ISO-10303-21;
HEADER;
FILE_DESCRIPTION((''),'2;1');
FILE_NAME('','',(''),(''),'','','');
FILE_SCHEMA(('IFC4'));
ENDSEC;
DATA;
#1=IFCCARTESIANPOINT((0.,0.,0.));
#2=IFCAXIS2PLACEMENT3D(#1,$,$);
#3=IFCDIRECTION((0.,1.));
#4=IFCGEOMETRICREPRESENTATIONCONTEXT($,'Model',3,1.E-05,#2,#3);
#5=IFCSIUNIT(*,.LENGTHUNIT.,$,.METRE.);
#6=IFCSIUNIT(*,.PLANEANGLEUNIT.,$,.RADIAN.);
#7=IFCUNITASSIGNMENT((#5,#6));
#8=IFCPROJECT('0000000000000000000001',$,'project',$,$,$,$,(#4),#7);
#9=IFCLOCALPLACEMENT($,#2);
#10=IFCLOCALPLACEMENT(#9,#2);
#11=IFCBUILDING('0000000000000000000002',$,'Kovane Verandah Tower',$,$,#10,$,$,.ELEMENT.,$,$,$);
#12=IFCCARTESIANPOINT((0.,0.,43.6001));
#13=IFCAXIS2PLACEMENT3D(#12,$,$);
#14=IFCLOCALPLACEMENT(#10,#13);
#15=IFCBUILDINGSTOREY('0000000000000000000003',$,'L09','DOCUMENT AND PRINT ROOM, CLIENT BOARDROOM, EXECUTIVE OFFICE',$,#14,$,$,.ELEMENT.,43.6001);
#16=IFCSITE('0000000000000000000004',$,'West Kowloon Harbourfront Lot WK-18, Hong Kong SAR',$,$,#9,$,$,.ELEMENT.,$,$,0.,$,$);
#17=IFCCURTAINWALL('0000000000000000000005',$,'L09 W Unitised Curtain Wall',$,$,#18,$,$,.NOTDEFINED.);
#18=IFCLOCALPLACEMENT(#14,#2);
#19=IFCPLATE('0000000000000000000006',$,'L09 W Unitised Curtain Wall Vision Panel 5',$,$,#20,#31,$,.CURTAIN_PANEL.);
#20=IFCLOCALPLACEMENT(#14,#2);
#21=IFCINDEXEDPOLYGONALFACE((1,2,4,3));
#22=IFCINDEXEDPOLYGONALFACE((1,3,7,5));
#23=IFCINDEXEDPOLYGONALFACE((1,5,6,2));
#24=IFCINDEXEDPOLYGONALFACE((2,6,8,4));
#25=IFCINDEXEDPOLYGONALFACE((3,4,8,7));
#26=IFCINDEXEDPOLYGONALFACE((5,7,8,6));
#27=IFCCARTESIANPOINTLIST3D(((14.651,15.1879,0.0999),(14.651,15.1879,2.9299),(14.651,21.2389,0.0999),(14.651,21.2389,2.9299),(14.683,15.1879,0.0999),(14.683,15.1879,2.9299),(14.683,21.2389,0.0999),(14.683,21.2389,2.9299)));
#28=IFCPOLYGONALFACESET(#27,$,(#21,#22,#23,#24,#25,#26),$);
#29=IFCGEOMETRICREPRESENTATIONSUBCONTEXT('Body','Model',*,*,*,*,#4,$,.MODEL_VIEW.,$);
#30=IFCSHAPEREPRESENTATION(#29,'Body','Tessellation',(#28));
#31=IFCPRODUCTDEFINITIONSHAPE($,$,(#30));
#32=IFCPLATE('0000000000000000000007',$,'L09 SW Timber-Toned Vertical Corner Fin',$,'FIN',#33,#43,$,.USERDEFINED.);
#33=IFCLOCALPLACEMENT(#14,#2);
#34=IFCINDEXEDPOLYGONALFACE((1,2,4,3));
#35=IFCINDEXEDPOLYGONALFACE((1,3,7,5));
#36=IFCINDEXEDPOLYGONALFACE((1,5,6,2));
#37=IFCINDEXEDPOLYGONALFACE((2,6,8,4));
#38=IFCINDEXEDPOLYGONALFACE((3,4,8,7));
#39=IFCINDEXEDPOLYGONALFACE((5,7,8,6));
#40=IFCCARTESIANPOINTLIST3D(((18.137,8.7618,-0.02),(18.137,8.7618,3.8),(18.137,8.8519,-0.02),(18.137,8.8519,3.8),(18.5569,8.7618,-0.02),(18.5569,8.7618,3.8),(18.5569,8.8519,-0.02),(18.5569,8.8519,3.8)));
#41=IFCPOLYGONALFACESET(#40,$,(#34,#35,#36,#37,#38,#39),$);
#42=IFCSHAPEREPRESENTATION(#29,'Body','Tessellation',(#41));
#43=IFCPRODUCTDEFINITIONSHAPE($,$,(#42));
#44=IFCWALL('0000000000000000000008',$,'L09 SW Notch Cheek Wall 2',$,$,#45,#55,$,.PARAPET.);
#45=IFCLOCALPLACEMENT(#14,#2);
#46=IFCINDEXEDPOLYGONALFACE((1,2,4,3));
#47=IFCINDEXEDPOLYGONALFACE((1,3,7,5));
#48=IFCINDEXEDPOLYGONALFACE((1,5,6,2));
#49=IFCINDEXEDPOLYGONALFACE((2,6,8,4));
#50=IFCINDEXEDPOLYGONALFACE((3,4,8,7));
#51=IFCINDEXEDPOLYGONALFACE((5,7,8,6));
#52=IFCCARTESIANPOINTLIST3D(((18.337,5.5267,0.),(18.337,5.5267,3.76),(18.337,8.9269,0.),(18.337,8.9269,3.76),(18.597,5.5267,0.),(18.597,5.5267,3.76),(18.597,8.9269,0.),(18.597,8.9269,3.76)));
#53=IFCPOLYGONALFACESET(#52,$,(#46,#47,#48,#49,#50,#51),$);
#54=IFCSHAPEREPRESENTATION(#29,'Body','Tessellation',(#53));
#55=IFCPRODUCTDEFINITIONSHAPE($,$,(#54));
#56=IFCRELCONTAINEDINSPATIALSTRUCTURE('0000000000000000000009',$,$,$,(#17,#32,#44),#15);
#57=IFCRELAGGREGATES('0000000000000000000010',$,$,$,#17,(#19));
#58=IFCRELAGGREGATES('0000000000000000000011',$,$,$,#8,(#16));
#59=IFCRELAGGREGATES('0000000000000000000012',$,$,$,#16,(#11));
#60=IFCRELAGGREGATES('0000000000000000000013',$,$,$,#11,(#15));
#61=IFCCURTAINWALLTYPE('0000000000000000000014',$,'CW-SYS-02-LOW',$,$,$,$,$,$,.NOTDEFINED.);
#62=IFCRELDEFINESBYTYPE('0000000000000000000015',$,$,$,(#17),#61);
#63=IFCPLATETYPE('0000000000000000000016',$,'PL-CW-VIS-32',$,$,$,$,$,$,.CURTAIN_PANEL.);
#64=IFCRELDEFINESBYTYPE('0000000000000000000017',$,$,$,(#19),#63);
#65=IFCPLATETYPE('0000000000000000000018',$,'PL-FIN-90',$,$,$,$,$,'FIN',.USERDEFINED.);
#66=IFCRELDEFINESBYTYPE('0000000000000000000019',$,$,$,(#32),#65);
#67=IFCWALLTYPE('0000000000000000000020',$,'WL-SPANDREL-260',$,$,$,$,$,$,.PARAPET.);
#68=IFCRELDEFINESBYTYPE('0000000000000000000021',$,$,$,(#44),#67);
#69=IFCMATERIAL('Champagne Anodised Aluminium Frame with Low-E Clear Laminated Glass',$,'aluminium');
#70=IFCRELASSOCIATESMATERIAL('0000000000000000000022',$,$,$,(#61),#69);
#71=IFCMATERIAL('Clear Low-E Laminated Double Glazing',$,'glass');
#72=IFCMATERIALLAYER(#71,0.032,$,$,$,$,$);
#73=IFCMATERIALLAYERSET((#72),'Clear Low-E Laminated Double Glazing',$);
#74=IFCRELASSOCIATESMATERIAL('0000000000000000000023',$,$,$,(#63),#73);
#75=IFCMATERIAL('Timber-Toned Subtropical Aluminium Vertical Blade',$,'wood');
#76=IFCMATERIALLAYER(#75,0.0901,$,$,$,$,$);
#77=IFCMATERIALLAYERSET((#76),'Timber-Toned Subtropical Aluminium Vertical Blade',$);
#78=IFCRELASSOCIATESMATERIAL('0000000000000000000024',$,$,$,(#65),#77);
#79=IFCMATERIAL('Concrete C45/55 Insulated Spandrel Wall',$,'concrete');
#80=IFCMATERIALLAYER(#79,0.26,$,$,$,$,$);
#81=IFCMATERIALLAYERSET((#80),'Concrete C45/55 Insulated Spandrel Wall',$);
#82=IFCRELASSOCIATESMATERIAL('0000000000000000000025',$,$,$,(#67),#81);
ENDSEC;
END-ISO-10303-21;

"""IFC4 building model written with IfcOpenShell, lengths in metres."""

from ifc_helpers import new_model, si_unit, direction, frame, frame_2d, origin, origin_2d, place, context, subcontext, project, spatial, rectangle, extrude, material, layer, layer_set, type_object, element, aggregate, save


model = new_model("IFC4")

# Units and contexts
model_context = context("Model", 3, precision=1e-05, world=origin(), true_north=direction((0.0, 1.0)))
body_context = subcontext(model_context, "Body", "Model", "MODEL_VIEW")
ifc_project = project(units=[si_unit("LENGTHUNIT", "METRE"), si_unit("PLANEANGLEUNIT", "RADIAN")], contexts=[model_context])

# Site, building, storey
site_placement = place(None, origin())
site = spatial("IfcSite", under=ifc_project, at=site_placement, Name="West Kowloon Harbourfront Lot WK-18, Hong Kong SAR", CompositionType="ELEMENT", RefElevation=0.0)
building_placement = place(site_placement, origin())
building = spatial("IfcBuilding", under=site, at=building_placement, Name="Kovane Verandah Tower", CompositionType="ELEMENT")
storey_placement = place(building_placement, frame((0.0, 0.0, 43.6001)))
storey = spatial("IfcBuildingStorey", under=building, at=storey_placement, Name="L09", Description="DOCUMENT AND PRINT ROOM, CLIENT BOARDROOM, EXECUTIVE OFFICE", CompositionType="ELEMENT", Elevation=43.6001)

# Shared definitions
ifc_material_1 = material(Name="Champagne Anodised Aluminium Frame with Low-E Clear Laminated Glass", Category="aluminium")
curtain_wall_type = type_object("IfcCurtainWallType", Name="CW-SYS-02-LOW", PredefinedType="NOTDEFINED", material=ifc_material_1)

# Curtain wall
curtain_wall_1_placement = place(storey_placement, origin())
curtain_wall_1 = element("IfcCurtainWall", 1, at=curtain_wall_1_placement, inside=storey, type_object=curtain_wall_type, Name="L09 W Unitised Curtain Wall", PredefinedType="NOTDEFINED")

# Plates
ifc_material_2 = material(Name="Clear Low-E Laminated Double Glazing", Category="glass")
ifc_layer_1 = layer(ifc_material_2, 0.032)
ifc_layer_set_1 = layer_set([ifc_layer_1], Name="Clear Low-E Laminated Double Glazing")
plate_type_1 = type_object("IfcPlateType", Name="PL-CW-VIS-32", PredefinedType="CURTAIN_PANEL", material=ifc_layer_set_1)
plate_1_placement = place(storey_placement, frame((14.667, 18.2134, 0.0999), z_axis=(0.0, 0.0, 1.0), x_axis=(0.0, -1.0, 0.0)))
plate_1 = element("IfcPlate", 2, at=plate_1_placement, type_object=plate_type_1, Name="L09 W Unitised Curtain Wall Vision Panel 5", PredefinedType="CURTAIN_PANEL", context=body_context, shape_type="SweptSolid", body=[
    extrude(rectangle(XDim=6.051, YDim=0.032, at=origin_2d()), origin(), (0.0, 0.0, 1.0), 2.8301),
])
aggregate(curtain_wall_1, [plate_1])
ifc_material_3 = material(Name="Timber-Toned Subtropical Aluminium Vertical Blade", Category="wood")
ifc_layer_2 = layer(ifc_material_3, 0.0901)
ifc_layer_set_2 = layer_set([ifc_layer_2], Name="Timber-Toned Subtropical Aluminium Vertical Blade")
plate_type_2 = type_object("IfcPlateType", Name="PL-FIN-90", ElementType="FIN", PredefinedType="USERDEFINED", material=ifc_layer_set_2)
plate_2_placement = place(storey_placement, frame((18.3469, 8.8069, -0.02), z_axis=(0.0, 0.0, 1.0), x_axis=(1.0, 0.0, 0.0)))
element("IfcPlate", 3, at=plate_2_placement, inside=storey, type_object=plate_type_2, Name="L09 SW Timber-Toned Vertical Corner Fin", ObjectType="FIN", PredefinedType="USERDEFINED", context=body_context, shape_type="SweptSolid", body=[
    extrude(rectangle(XDim=0.4199, YDim=0.0901, at=origin_2d()), origin(), (0.0, 0.0, 1.0), 3.8201),
])

# Wall
ifc_material_4 = material(Name="Concrete C45/55 Insulated Spandrel Wall", Category="concrete")
ifc_layer_3 = layer(ifc_material_4, 0.26)
ifc_layer_set_3 = layer_set([ifc_layer_3], Name="Concrete C45/55 Insulated Spandrel Wall")
wall_type = type_object("IfcWallType", Name="WL-SPANDREL-260", PredefinedType="PARAPET", material=ifc_layer_set_3)
wall_placement = place(storey_placement, frame((18.467, 8.927, 0.0), z_axis=(0.0, 0.0, 1.0), x_axis=(0.0, -1.0, 0.0)))
element("IfcWall", 4, at=wall_placement, inside=storey, type_object=wall_type, Name="L09 SW Notch Cheek Wall 2", PredefinedType="PARAPET", context=body_context, shape_type="SweptSolid", body=[
    extrude(rectangle(XDim=3.4001, YDim=0.26, at=frame_2d((1.7002, 0.0))), origin(), (0.0, 0.0, 1.0), 3.76),
])

save(model, "model.ifc")
